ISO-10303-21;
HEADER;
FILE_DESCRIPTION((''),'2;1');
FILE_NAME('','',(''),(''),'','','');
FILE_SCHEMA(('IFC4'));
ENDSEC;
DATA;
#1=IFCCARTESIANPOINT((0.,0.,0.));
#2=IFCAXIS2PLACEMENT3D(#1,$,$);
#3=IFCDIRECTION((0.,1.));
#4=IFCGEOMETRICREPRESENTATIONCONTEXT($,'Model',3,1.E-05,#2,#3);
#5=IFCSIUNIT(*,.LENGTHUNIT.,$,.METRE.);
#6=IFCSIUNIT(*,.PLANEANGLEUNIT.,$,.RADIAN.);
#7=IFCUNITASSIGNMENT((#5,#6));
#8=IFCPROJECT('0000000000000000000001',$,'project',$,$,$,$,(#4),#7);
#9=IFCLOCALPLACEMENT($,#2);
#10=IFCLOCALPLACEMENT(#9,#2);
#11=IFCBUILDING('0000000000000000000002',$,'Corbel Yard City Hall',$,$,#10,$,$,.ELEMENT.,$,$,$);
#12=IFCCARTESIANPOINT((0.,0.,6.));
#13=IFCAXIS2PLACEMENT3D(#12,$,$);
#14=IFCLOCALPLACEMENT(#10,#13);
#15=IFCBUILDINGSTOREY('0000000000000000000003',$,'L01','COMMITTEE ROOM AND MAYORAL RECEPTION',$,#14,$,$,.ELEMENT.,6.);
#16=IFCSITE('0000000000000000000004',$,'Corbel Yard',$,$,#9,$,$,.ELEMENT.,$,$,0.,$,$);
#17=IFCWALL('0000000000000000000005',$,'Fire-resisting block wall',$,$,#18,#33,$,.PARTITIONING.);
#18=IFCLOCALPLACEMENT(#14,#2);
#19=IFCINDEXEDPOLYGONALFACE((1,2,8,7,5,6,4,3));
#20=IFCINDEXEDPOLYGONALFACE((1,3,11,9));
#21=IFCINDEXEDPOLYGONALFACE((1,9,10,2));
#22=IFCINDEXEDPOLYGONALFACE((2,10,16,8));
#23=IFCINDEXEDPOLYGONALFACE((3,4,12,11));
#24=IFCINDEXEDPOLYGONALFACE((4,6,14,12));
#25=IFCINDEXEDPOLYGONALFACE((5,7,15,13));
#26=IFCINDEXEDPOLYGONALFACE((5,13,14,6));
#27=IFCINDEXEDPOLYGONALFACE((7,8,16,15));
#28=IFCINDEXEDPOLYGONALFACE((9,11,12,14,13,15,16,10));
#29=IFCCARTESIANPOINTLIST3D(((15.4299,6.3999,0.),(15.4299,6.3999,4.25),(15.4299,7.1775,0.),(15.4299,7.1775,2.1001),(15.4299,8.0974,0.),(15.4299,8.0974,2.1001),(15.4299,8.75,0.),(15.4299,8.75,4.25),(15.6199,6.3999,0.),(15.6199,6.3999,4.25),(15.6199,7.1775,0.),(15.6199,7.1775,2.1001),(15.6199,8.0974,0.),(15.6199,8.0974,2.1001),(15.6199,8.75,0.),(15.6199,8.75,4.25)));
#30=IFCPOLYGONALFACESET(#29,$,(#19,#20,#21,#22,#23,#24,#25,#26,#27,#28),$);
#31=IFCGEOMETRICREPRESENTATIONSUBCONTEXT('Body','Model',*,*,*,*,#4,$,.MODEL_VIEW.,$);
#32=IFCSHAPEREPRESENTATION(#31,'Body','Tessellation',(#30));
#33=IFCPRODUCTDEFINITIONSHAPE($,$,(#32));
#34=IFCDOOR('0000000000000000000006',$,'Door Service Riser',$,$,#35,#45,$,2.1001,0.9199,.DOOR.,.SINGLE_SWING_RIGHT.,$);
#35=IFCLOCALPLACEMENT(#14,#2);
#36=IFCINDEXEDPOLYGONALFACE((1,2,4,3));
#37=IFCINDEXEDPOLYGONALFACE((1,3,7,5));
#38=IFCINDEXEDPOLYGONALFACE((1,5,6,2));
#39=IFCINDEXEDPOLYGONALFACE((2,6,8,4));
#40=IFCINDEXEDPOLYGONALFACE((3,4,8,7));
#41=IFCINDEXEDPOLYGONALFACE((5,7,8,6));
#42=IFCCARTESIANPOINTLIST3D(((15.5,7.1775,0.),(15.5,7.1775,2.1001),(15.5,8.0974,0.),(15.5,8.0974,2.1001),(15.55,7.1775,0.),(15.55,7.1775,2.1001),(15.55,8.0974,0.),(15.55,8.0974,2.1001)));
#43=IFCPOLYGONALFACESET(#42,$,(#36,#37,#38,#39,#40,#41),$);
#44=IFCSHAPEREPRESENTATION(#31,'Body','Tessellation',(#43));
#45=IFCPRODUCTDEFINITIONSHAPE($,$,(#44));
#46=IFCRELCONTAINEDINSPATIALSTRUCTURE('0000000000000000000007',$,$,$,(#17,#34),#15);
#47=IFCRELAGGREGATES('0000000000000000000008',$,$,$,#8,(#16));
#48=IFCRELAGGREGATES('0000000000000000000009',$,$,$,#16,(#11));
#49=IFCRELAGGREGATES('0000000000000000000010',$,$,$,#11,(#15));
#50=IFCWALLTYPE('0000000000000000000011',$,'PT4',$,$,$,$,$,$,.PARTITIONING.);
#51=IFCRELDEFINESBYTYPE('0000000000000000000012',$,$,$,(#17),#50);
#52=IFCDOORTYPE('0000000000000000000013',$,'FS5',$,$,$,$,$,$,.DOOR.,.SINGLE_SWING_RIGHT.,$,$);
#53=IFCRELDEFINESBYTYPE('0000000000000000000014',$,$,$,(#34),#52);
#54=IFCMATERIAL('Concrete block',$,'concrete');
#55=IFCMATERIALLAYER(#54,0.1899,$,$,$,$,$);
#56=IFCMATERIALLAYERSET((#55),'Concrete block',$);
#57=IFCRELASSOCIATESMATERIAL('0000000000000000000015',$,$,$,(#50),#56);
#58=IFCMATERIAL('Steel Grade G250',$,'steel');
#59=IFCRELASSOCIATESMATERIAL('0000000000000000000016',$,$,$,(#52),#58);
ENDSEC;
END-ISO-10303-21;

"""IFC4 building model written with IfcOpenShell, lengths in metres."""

from ifc_helpers import new_model, si_unit, direction, frame, frame_2d, origin, place, context, subcontext, project, spatial, rectangle, extrude, material, layer, layer_set, type_object, element, fill, save


model = new_model("IFC4")

# Units and contexts
model_context = context("Model", 3, precision=1e-05, world=origin(), true_north=direction((0.0, 1.0)))
body_context = subcontext(model_context, "Body", "Model", "MODEL_VIEW")
ifc_project = project(units=[si_unit("LENGTHUNIT", "METRE"), si_unit("PLANEANGLEUNIT", "RADIAN")], contexts=[model_context])

# Site, building, storey
site_placement = place(None, origin())
site = spatial("IfcSite", under=ifc_project, at=site_placement, Name="Corbel Yard", CompositionType="ELEMENT", RefElevation=0.0)
building_placement = place(site_placement, origin())
building = spatial("IfcBuilding", under=site, at=building_placement, Name="Corbel Yard City Hall", CompositionType="ELEMENT")
storey_placement = place(building_placement, frame((0.0, 0.0, 6.0)))
storey = spatial("IfcBuildingStorey", under=building, at=storey_placement, Name="L01", Description="COMMITTEE ROOM AND MAYORAL RECEPTION", CompositionType="ELEMENT", Elevation=6.0)

# Shared definitions
ifc_material_1 = material(Name="Steel Grade G250", Category="steel")

# Wall, opening, door
ifc_material_2 = material(Name="Concrete block", Category="concrete")
ifc_layer_1 = layer(ifc_material_2, 0.1899)
ifc_layer_set_1 = layer_set([ifc_layer_1], Name="Concrete block")
wall_type_1 = type_object("IfcWallType", Name="PT4", PredefinedType="PARTITIONING", material=ifc_layer_set_1)
wall_1_placement = place(storey_placement, frame((15.5249, 6.3999, 0.0), z_axis=(0.0, 0.0, 1.0), x_axis=(0.0, 1.0, 0.0)))
wall_1 = element("IfcWall", 1, at=wall_1_placement, inside=storey, type_object=wall_type_1, Name="Fire-resisting block wall", PredefinedType="PARTITIONING", context=body_context, shape_type="SweptSolid", body=[
    extrude(rectangle(XDim=2.3501, YDim=0.1899, at=frame_2d((1.175, 0.0))), origin(), (0.0, 0.0, 1.0), 4.25),
])
opening_1_placement = place(wall_1_placement, frame((0.7776, 0.0, 0.0)))
opening_1 = element("IfcOpeningElement", 2, at=opening_1_placement, cuts=wall_1, PredefinedType="OPENING", context=body_context, shape_type="SweptSolid", body=[
    extrude(rectangle(XDim=0.9199, YDim=2.1001, at=frame_2d((0.46, 1.05))), frame((0.0, 0.105, 0.0), z_axis=(0.0, -1.0, 0.0), x_axis=(1.0, 0.0, 0.0)), (0.0, 0.0, 1.0), 0.21),
])
door_type_1 = type_object("IfcDoorType", Name="FS5", OperationType="SINGLE_SWING_RIGHT", PredefinedType="DOOR", material=ifc_material_1)
door_1_placement = place(opening_1_placement, origin())
door_1 = element("IfcDoor", 3, at=door_1_placement, inside=storey, type_object=door_type_1, Name="Door Service Riser", OperationType="SINGLE_SWING_RIGHT", OverallHeight=2.1001, OverallWidth=0.9199, PredefinedType="DOOR", context=body_context, shape_type="SweptSolid", body=[
    extrude(rectangle(XDim=0.9199, YDim=2.1001, at=frame_2d((0.46, 1.05))), frame((0.0, 0.0249, 0.0), z_axis=(0.0, -1.0, 0.0), x_axis=(1.0, 0.0, 0.0)), (0.0, 0.0, 1.0), 0.05),
])
fill(opening_1, door_1)

save(model, "model.ifc")
